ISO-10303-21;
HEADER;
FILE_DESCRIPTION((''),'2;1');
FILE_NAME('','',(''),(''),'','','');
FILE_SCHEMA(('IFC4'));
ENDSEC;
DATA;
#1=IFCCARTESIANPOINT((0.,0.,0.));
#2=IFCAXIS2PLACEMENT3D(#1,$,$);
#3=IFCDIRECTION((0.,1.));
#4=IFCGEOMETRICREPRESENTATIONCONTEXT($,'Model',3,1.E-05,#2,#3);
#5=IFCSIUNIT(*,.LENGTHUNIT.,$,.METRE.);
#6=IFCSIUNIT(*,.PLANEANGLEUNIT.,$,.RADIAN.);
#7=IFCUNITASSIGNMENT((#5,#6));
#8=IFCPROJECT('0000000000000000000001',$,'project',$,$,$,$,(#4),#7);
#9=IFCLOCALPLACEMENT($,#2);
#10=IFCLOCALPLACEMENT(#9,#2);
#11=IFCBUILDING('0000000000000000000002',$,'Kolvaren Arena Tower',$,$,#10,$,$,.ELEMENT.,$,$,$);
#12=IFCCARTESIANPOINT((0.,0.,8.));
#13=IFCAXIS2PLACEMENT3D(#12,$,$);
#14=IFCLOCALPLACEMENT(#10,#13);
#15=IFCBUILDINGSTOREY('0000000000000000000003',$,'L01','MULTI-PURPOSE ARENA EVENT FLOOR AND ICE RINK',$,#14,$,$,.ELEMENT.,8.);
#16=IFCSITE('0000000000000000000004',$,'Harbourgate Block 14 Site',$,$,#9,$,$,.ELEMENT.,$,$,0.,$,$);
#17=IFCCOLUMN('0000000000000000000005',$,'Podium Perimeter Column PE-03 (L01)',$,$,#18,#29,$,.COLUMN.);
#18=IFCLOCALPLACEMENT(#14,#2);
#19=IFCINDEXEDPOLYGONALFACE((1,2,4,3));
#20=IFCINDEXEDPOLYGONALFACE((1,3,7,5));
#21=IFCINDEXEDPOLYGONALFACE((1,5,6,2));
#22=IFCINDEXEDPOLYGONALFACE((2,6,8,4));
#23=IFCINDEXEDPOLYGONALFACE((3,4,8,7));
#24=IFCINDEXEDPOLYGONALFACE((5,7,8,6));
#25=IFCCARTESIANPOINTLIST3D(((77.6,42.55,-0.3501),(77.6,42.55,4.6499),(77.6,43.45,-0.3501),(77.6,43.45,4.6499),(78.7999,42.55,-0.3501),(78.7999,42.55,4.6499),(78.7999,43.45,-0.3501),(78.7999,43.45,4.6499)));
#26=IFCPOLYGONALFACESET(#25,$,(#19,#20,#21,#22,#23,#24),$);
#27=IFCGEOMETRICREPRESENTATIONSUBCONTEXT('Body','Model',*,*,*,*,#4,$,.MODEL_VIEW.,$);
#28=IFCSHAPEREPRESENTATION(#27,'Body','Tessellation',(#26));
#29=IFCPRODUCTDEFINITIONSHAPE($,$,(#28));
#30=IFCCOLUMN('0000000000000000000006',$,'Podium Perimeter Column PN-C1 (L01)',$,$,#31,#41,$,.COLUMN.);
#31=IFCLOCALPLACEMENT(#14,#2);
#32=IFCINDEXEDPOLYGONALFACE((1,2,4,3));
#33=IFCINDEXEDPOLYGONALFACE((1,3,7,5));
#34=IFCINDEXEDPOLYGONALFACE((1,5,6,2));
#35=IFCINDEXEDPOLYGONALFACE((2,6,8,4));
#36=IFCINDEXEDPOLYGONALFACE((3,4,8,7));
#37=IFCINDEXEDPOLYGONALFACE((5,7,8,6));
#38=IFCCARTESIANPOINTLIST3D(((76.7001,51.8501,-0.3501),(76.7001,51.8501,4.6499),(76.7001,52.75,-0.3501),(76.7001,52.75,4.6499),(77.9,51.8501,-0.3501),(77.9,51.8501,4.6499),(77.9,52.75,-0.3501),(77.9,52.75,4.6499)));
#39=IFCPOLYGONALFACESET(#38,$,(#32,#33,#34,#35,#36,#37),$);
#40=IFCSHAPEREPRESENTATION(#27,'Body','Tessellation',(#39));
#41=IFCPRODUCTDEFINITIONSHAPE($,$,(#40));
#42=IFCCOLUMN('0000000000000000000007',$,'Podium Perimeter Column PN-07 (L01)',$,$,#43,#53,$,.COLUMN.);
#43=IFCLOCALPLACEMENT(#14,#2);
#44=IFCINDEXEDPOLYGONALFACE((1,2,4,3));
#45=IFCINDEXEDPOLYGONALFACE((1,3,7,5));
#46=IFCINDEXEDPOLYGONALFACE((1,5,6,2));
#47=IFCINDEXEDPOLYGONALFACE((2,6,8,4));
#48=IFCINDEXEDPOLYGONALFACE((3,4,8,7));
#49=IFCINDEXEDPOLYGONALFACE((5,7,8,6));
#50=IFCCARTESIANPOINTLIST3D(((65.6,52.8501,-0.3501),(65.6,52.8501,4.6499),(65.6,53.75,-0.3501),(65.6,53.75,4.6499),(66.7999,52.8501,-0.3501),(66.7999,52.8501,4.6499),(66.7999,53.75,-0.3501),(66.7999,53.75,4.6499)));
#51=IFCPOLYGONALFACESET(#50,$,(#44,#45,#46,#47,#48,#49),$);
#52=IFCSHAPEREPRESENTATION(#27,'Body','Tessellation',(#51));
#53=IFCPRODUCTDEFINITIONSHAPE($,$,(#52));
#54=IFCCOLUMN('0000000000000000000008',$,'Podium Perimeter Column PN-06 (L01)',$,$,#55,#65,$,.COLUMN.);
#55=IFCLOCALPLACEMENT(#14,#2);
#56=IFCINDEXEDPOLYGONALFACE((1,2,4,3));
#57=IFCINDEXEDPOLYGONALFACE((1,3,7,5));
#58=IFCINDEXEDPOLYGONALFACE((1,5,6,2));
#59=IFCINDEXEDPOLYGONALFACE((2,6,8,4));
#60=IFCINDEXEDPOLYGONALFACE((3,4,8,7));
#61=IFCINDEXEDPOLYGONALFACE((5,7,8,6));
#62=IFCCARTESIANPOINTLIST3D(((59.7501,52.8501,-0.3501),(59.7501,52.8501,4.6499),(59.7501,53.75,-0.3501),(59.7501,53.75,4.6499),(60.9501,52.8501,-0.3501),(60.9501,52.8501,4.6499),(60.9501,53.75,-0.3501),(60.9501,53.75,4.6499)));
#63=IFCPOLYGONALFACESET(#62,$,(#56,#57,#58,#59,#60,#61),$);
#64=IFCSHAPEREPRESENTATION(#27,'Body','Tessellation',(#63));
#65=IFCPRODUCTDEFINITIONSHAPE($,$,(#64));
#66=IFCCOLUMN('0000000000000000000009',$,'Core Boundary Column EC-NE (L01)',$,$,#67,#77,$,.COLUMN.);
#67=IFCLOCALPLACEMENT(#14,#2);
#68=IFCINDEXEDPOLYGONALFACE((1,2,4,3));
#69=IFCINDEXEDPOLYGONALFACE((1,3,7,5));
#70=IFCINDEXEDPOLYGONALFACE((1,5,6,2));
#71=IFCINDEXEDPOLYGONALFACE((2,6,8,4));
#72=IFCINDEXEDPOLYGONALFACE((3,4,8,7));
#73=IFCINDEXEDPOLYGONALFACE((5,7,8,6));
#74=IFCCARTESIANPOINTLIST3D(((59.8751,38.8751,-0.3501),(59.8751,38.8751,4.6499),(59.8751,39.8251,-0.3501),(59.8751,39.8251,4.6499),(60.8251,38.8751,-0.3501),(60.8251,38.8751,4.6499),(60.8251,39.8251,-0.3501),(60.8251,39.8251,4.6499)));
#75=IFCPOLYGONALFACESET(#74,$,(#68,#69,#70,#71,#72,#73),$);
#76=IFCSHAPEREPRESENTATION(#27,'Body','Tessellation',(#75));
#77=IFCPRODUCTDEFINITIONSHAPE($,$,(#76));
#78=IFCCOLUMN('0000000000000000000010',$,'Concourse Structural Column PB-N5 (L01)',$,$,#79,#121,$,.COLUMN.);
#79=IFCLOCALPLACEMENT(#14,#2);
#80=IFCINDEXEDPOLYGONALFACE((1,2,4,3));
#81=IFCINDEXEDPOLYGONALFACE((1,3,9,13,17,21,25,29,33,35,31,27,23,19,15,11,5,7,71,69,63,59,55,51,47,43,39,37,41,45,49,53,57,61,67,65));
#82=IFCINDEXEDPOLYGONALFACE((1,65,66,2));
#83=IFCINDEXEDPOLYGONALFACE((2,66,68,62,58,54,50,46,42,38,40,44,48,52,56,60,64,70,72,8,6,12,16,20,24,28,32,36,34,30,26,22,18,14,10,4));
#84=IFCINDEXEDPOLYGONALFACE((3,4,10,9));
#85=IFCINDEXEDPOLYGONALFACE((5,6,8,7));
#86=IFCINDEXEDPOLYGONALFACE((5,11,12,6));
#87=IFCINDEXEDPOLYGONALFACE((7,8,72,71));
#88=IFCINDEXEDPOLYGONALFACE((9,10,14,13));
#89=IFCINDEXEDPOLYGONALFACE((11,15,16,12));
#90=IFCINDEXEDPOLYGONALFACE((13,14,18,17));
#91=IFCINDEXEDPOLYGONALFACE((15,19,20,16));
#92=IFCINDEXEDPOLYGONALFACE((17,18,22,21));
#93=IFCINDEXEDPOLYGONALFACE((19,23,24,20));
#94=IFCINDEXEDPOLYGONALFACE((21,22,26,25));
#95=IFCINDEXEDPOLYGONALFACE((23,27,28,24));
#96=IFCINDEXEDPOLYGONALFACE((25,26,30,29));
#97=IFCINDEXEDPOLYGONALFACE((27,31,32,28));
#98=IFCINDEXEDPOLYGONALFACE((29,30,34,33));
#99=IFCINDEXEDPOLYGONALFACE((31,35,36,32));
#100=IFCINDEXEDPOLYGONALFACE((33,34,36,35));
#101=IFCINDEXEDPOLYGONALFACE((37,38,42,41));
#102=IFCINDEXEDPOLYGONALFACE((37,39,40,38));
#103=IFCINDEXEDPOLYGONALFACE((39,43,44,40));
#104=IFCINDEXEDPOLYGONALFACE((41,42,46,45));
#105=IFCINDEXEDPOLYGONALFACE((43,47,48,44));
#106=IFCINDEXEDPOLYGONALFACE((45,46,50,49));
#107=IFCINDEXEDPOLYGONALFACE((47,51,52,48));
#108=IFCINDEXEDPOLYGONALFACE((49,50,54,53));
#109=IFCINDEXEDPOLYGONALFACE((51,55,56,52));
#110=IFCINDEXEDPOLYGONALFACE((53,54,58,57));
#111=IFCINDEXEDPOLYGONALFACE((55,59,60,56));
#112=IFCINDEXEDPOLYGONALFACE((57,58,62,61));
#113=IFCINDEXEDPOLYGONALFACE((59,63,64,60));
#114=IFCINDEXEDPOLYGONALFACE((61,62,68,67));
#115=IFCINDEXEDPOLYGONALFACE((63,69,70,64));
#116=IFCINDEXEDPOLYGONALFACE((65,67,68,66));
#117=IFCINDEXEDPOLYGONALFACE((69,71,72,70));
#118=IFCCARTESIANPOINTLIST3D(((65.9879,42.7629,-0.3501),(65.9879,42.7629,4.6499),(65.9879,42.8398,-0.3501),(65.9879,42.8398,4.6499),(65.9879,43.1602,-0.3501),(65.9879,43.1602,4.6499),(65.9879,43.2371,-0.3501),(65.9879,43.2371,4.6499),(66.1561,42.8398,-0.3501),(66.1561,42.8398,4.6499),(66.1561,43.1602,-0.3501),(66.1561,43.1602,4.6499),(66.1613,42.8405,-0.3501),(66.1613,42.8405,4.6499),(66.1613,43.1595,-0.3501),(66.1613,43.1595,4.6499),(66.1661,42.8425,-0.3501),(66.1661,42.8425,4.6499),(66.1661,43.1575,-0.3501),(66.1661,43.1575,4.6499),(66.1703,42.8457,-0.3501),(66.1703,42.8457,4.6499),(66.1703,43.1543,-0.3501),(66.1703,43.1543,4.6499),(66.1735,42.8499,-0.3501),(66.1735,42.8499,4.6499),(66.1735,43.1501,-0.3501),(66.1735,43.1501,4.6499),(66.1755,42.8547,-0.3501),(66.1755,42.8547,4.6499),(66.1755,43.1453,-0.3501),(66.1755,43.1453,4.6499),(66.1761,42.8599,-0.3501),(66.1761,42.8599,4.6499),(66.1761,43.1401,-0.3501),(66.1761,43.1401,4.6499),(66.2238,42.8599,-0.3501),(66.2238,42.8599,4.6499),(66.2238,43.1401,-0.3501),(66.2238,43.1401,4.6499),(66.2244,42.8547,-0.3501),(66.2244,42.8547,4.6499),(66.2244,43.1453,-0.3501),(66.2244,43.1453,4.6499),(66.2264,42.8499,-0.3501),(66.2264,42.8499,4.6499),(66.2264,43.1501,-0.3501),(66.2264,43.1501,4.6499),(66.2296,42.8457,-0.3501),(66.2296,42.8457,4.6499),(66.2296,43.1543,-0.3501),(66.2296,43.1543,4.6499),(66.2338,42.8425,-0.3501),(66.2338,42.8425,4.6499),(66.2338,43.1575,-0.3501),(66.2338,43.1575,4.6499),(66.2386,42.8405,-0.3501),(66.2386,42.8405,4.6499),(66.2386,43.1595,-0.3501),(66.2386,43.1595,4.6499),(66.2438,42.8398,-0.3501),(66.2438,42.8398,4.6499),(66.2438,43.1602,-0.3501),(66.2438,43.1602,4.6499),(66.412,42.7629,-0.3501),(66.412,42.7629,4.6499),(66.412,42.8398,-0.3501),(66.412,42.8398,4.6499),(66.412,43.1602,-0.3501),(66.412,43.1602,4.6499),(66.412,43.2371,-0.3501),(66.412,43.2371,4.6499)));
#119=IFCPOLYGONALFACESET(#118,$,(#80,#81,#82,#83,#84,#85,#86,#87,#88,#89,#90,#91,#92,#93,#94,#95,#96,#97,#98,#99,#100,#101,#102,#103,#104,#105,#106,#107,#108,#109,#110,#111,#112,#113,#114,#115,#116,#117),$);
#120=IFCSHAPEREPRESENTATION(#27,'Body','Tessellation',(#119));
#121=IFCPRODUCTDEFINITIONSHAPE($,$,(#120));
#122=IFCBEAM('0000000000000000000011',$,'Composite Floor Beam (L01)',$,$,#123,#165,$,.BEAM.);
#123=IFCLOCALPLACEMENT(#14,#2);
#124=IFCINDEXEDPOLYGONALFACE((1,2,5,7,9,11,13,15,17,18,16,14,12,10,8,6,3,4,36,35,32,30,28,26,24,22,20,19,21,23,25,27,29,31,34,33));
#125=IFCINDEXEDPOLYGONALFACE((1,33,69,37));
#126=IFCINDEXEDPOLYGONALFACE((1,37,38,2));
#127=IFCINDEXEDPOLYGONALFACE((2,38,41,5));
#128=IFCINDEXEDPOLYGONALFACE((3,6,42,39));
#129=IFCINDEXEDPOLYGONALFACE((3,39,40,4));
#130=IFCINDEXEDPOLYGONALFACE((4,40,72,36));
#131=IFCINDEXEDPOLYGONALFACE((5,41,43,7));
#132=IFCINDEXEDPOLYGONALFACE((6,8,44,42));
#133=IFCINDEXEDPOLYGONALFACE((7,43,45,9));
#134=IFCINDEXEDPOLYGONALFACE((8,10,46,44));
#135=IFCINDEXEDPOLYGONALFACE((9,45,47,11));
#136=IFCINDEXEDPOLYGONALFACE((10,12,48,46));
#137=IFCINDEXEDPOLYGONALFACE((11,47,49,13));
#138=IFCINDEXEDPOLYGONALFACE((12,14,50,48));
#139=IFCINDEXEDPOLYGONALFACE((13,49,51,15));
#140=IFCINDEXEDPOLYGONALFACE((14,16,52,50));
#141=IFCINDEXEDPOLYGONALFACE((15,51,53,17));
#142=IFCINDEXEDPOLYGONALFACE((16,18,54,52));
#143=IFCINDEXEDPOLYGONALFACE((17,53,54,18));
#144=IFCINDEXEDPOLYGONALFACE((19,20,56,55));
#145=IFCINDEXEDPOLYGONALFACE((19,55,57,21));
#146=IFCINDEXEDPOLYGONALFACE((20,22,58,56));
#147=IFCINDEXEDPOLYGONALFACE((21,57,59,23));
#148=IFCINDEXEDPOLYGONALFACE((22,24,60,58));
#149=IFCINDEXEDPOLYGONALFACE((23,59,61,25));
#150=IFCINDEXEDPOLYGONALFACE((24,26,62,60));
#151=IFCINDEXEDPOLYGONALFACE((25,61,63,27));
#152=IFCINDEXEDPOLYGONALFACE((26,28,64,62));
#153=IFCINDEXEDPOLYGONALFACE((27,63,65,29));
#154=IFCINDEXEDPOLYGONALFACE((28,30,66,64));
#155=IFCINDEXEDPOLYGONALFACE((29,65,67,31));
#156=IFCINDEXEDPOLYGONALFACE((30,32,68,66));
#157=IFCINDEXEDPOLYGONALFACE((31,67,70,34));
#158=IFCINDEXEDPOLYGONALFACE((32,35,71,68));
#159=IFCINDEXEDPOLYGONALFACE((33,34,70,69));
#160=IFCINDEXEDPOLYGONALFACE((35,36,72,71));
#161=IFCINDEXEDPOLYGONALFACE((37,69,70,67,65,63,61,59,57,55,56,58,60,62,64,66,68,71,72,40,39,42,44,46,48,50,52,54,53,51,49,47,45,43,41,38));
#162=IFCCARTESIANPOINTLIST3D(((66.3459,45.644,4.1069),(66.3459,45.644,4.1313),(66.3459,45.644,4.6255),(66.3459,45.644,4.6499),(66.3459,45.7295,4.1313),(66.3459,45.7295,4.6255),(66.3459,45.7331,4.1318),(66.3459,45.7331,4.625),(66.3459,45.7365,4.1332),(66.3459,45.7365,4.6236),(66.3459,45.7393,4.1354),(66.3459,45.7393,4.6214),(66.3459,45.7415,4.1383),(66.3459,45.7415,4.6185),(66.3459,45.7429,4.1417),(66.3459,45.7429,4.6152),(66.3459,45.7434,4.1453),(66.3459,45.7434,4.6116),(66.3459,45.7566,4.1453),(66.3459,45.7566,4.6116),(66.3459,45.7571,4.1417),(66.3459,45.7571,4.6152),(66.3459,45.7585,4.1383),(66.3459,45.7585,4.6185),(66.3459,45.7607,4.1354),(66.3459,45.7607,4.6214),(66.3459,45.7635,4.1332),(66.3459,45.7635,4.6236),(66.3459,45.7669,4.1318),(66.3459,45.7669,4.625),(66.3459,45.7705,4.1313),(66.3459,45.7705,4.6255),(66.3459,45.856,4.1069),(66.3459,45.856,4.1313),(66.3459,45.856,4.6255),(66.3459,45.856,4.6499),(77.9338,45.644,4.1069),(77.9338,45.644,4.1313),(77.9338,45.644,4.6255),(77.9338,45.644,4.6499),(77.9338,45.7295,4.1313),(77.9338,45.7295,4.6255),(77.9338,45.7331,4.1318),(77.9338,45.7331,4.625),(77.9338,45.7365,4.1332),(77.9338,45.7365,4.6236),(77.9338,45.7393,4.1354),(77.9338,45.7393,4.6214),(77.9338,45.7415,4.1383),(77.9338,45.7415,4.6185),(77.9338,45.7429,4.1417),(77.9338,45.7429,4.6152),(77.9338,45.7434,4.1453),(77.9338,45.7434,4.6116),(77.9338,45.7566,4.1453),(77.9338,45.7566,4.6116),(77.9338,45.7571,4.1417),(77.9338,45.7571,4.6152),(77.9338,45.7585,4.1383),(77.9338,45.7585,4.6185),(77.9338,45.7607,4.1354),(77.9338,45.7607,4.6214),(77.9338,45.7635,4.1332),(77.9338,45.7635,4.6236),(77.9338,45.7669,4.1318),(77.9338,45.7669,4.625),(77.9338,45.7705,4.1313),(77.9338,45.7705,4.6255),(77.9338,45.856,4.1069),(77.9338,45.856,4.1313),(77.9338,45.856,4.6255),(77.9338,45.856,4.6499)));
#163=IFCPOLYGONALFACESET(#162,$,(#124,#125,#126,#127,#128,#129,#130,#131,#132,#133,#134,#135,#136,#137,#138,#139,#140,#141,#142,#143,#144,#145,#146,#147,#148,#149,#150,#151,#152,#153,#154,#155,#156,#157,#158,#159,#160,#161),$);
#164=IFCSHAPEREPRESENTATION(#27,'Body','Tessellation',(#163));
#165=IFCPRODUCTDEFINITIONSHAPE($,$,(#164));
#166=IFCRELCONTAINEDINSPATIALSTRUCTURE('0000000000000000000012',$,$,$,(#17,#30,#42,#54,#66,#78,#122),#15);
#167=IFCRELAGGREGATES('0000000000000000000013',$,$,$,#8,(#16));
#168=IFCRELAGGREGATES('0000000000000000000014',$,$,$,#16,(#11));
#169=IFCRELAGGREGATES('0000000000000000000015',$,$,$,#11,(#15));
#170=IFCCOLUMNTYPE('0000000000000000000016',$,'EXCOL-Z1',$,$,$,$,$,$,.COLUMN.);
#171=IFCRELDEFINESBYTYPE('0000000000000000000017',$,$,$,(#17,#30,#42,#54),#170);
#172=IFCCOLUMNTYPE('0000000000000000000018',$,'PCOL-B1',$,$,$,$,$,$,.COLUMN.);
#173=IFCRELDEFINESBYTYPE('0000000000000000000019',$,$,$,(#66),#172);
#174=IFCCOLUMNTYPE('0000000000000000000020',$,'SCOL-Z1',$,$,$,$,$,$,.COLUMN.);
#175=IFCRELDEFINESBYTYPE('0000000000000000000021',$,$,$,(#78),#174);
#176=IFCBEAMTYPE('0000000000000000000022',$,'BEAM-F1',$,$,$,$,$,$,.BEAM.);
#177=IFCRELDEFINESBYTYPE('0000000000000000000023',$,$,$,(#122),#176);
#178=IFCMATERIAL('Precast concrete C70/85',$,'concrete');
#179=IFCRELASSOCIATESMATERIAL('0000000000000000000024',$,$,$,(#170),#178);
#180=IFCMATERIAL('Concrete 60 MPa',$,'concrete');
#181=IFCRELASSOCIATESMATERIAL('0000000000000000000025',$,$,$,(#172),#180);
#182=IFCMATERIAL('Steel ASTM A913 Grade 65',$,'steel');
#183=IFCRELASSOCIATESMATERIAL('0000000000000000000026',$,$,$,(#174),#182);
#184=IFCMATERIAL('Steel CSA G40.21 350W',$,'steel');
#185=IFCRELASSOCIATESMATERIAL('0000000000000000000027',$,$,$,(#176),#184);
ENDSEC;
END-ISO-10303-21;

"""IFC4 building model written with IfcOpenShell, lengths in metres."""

from ifc_helpers import new_model, si_unit, direction, frame, origin, origin_2d, place, context, subcontext, project, spatial, rectangle, i_section, extrude, material, material_profile, profile_set, type_object, element, save


model = new_model("IFC4")

# Units and contexts
model_context = context("Model", 3, precision=1e-05, world=origin(), true_north=direction((0.0, 1.0)))
body_context = subcontext(model_context, "Body", "Model", "MODEL_VIEW")
ifc_project = project(units=[si_unit("LENGTHUNIT", "METRE"), si_unit("PLANEANGLEUNIT", "RADIAN")], contexts=[model_context])

# Site, building, storey
site_placement = place(None, origin())
site = spatial("IfcSite", under=ifc_project, at=site_placement, Name="Harbourgate Block 14 Site", CompositionType="ELEMENT", RefElevation=0.0)
building_placement = place(site_placement, origin())
building = spatial("IfcBuilding", under=site, at=building_placement, Name="Kolvaren Arena Tower", CompositionType="ELEMENT")
storey_placement = place(building_placement, frame((0.0, 0.0, 8.0)))
storey = spatial("IfcBuildingStorey", under=building, at=storey_placement, Name="L01", Description="MULTI-PURPOSE ARENA EVENT FLOOR AND ICE RINK", CompositionType="ELEMENT", Elevation=8.0)

# Columns
ifc_material_1 = material(Name="Precast concrete C70/85", Category="concrete")
ifc_material_profile_1 = material_profile(ifc_material_1, rectangle(XDim=1.2, YDim=0.8999, at=origin_2d()), Name="RC-1200x900")
ifc_profile_set_1 = profile_set([ifc_material_profile_1], Name="Precast concrete C70/85")
column_type_1 = type_object("IfcColumnType", Name="EXCOL-Z1", PredefinedType="COLUMN", material=ifc_profile_set_1)
for number, where, z_axis, x_axis, name in (
    (1, (78.2, 43.0, -0.3501), (0.0, 0.0, 1.0), (1.0, 0.0, 0.0), "Podium Perimeter Column PE-03 (L01)"),
    (2, (77.3, 52.3, -0.3501), (0.0, 0.0, 1.0), (1.0, 0.0, 0.0), "Podium Perimeter Column PN-C1 (L01)"),
    (3, (66.2, 53.3, -0.3501), (0.0, 0.0, 1.0), (1.0, 0.0, 0.0), "Podium Perimeter Column PN-07 (L01)"),
    (4, (60.3501, 53.3, -0.3501), (0.0, 0.0, 1.0), (1.0, 0.0, 0.0), "Podium Perimeter Column PN-06 (L01)"),
):
    element("IfcColumn", number, at=place(storey_placement, frame(where, z_axis=z_axis, x_axis=x_axis)), inside=storey, type_object=column_type_1, Name=name, PredefinedType="COLUMN", context=body_context, shape_type="SweptSolid", body=[
        extrude(rectangle(XDim=1.2, YDim=0.8999, at=origin_2d()), origin(), (0.0, 0.0, 1.0), 5.0),
    ])
ifc_material_2 = material(Name="Concrete 60 MPa", Category="concrete")
ifc_material_profile_2 = material_profile(ifc_material_2, rectangle(XDim=0.95, YDim=0.95, at=origin_2d()), Name="RC-950x950")
ifc_profile_set_2 = profile_set([ifc_material_profile_2], Name="Concrete 60 MPa")
column_type_2 = type_object("IfcColumnType", Name="PCOL-B1", PredefinedType="COLUMN", material=ifc_profile_set_2)
column_1_placement = place(storey_placement, frame((60.3501, 39.3501, -0.3501), z_axis=(0.0, 0.0, 1.0), x_axis=(1.0, 0.0, 0.0)))
element("IfcColumn", 5, at=column_1_placement, inside=storey, type_object=column_type_2, Name="Core Boundary Column EC-NE (L01)", PredefinedType="COLUMN", context=body_context, shape_type="SweptSolid", body=[
    extrude(rectangle(XDim=0.95, YDim=0.95, at=origin_2d()), origin(), (0.0, 0.0, 1.0), 5.0),
])
ifc_material_3 = material(Name="Steel ASTM A913 Grade 65", Category="steel")
ifc_material_profile_3 = material_profile(ifc_material_3, i_section(OverallWidth=0.4241, OverallDepth=0.4741, WebThickness=0.0476, FlangeThickness=0.0769, FilletRadius=0.02, at=origin_2d()), Name="W360x634")
ifc_profile_set_3 = profile_set([ifc_material_profile_3], Name="Steel ASTM A913 Grade 65")
column_type_3 = type_object("IfcColumnType", Name="SCOL-Z1", PredefinedType="COLUMN", material=ifc_profile_set_3)
column_2_placement = place(storey_placement, frame((66.2, 43.0, -0.3501), z_axis=(0.0, 0.0, 1.0), x_axis=(1.0, 0.0, 0.0)))
element("IfcColumn", 6, at=column_2_placement, inside=storey, type_object=column_type_3, Name="Concourse Structural Column PB-N5 (L01)", PredefinedType="COLUMN", context=body_context, shape_type="SweptSolid", body=[
    extrude(i_section(OverallWidth=0.4241, OverallDepth=0.4741, WebThickness=0.0476, FlangeThickness=0.0769, FilletRadius=0.02, at=origin_2d()), origin(), (0.0, 0.0, 1.0), 5.0),
])

# Beam
ifc_material_4 = material(Name="Steel CSA G40.21 350W", Category="steel")
ifc_material_profile_4 = material_profile(ifc_material_4, i_section(OverallWidth=0.2119, OverallDepth=0.543, WebThickness=0.0132, FlangeThickness=0.0244, FilletRadius=0.0139, at=origin_2d()), Name="W530x150")
ifc_profile_set_4 = profile_set([ifc_material_profile_4], Name="Steel CSA G40.21 350W")
beam_type_1 = type_object("IfcBeamType", Name="BEAM-F1", PredefinedType="BEAM", material=ifc_profile_set_4)
beam_1_placement = place(storey_placement, frame((66.3459, 45.75, 4.3784), z_axis=(1.0, 0.0, 0.0), x_axis=(0.0, 1.0, 0.0)))
element("IfcBeam", 7, at=beam_1_placement, inside=storey, type_object=beam_type_1, Name="Composite Floor Beam (L01)", PredefinedType="BEAM", context=body_context, shape_type="SweptSolid", body=[
    extrude(i_section(OverallWidth=0.2119, OverallDepth=0.543, WebThickness=0.0132, FlangeThickness=0.0244, FilletRadius=0.0139, at=origin_2d()), origin(), (0.0, 0.0, 1.0), 11.5879),
])

save(model, "model.ifc")
